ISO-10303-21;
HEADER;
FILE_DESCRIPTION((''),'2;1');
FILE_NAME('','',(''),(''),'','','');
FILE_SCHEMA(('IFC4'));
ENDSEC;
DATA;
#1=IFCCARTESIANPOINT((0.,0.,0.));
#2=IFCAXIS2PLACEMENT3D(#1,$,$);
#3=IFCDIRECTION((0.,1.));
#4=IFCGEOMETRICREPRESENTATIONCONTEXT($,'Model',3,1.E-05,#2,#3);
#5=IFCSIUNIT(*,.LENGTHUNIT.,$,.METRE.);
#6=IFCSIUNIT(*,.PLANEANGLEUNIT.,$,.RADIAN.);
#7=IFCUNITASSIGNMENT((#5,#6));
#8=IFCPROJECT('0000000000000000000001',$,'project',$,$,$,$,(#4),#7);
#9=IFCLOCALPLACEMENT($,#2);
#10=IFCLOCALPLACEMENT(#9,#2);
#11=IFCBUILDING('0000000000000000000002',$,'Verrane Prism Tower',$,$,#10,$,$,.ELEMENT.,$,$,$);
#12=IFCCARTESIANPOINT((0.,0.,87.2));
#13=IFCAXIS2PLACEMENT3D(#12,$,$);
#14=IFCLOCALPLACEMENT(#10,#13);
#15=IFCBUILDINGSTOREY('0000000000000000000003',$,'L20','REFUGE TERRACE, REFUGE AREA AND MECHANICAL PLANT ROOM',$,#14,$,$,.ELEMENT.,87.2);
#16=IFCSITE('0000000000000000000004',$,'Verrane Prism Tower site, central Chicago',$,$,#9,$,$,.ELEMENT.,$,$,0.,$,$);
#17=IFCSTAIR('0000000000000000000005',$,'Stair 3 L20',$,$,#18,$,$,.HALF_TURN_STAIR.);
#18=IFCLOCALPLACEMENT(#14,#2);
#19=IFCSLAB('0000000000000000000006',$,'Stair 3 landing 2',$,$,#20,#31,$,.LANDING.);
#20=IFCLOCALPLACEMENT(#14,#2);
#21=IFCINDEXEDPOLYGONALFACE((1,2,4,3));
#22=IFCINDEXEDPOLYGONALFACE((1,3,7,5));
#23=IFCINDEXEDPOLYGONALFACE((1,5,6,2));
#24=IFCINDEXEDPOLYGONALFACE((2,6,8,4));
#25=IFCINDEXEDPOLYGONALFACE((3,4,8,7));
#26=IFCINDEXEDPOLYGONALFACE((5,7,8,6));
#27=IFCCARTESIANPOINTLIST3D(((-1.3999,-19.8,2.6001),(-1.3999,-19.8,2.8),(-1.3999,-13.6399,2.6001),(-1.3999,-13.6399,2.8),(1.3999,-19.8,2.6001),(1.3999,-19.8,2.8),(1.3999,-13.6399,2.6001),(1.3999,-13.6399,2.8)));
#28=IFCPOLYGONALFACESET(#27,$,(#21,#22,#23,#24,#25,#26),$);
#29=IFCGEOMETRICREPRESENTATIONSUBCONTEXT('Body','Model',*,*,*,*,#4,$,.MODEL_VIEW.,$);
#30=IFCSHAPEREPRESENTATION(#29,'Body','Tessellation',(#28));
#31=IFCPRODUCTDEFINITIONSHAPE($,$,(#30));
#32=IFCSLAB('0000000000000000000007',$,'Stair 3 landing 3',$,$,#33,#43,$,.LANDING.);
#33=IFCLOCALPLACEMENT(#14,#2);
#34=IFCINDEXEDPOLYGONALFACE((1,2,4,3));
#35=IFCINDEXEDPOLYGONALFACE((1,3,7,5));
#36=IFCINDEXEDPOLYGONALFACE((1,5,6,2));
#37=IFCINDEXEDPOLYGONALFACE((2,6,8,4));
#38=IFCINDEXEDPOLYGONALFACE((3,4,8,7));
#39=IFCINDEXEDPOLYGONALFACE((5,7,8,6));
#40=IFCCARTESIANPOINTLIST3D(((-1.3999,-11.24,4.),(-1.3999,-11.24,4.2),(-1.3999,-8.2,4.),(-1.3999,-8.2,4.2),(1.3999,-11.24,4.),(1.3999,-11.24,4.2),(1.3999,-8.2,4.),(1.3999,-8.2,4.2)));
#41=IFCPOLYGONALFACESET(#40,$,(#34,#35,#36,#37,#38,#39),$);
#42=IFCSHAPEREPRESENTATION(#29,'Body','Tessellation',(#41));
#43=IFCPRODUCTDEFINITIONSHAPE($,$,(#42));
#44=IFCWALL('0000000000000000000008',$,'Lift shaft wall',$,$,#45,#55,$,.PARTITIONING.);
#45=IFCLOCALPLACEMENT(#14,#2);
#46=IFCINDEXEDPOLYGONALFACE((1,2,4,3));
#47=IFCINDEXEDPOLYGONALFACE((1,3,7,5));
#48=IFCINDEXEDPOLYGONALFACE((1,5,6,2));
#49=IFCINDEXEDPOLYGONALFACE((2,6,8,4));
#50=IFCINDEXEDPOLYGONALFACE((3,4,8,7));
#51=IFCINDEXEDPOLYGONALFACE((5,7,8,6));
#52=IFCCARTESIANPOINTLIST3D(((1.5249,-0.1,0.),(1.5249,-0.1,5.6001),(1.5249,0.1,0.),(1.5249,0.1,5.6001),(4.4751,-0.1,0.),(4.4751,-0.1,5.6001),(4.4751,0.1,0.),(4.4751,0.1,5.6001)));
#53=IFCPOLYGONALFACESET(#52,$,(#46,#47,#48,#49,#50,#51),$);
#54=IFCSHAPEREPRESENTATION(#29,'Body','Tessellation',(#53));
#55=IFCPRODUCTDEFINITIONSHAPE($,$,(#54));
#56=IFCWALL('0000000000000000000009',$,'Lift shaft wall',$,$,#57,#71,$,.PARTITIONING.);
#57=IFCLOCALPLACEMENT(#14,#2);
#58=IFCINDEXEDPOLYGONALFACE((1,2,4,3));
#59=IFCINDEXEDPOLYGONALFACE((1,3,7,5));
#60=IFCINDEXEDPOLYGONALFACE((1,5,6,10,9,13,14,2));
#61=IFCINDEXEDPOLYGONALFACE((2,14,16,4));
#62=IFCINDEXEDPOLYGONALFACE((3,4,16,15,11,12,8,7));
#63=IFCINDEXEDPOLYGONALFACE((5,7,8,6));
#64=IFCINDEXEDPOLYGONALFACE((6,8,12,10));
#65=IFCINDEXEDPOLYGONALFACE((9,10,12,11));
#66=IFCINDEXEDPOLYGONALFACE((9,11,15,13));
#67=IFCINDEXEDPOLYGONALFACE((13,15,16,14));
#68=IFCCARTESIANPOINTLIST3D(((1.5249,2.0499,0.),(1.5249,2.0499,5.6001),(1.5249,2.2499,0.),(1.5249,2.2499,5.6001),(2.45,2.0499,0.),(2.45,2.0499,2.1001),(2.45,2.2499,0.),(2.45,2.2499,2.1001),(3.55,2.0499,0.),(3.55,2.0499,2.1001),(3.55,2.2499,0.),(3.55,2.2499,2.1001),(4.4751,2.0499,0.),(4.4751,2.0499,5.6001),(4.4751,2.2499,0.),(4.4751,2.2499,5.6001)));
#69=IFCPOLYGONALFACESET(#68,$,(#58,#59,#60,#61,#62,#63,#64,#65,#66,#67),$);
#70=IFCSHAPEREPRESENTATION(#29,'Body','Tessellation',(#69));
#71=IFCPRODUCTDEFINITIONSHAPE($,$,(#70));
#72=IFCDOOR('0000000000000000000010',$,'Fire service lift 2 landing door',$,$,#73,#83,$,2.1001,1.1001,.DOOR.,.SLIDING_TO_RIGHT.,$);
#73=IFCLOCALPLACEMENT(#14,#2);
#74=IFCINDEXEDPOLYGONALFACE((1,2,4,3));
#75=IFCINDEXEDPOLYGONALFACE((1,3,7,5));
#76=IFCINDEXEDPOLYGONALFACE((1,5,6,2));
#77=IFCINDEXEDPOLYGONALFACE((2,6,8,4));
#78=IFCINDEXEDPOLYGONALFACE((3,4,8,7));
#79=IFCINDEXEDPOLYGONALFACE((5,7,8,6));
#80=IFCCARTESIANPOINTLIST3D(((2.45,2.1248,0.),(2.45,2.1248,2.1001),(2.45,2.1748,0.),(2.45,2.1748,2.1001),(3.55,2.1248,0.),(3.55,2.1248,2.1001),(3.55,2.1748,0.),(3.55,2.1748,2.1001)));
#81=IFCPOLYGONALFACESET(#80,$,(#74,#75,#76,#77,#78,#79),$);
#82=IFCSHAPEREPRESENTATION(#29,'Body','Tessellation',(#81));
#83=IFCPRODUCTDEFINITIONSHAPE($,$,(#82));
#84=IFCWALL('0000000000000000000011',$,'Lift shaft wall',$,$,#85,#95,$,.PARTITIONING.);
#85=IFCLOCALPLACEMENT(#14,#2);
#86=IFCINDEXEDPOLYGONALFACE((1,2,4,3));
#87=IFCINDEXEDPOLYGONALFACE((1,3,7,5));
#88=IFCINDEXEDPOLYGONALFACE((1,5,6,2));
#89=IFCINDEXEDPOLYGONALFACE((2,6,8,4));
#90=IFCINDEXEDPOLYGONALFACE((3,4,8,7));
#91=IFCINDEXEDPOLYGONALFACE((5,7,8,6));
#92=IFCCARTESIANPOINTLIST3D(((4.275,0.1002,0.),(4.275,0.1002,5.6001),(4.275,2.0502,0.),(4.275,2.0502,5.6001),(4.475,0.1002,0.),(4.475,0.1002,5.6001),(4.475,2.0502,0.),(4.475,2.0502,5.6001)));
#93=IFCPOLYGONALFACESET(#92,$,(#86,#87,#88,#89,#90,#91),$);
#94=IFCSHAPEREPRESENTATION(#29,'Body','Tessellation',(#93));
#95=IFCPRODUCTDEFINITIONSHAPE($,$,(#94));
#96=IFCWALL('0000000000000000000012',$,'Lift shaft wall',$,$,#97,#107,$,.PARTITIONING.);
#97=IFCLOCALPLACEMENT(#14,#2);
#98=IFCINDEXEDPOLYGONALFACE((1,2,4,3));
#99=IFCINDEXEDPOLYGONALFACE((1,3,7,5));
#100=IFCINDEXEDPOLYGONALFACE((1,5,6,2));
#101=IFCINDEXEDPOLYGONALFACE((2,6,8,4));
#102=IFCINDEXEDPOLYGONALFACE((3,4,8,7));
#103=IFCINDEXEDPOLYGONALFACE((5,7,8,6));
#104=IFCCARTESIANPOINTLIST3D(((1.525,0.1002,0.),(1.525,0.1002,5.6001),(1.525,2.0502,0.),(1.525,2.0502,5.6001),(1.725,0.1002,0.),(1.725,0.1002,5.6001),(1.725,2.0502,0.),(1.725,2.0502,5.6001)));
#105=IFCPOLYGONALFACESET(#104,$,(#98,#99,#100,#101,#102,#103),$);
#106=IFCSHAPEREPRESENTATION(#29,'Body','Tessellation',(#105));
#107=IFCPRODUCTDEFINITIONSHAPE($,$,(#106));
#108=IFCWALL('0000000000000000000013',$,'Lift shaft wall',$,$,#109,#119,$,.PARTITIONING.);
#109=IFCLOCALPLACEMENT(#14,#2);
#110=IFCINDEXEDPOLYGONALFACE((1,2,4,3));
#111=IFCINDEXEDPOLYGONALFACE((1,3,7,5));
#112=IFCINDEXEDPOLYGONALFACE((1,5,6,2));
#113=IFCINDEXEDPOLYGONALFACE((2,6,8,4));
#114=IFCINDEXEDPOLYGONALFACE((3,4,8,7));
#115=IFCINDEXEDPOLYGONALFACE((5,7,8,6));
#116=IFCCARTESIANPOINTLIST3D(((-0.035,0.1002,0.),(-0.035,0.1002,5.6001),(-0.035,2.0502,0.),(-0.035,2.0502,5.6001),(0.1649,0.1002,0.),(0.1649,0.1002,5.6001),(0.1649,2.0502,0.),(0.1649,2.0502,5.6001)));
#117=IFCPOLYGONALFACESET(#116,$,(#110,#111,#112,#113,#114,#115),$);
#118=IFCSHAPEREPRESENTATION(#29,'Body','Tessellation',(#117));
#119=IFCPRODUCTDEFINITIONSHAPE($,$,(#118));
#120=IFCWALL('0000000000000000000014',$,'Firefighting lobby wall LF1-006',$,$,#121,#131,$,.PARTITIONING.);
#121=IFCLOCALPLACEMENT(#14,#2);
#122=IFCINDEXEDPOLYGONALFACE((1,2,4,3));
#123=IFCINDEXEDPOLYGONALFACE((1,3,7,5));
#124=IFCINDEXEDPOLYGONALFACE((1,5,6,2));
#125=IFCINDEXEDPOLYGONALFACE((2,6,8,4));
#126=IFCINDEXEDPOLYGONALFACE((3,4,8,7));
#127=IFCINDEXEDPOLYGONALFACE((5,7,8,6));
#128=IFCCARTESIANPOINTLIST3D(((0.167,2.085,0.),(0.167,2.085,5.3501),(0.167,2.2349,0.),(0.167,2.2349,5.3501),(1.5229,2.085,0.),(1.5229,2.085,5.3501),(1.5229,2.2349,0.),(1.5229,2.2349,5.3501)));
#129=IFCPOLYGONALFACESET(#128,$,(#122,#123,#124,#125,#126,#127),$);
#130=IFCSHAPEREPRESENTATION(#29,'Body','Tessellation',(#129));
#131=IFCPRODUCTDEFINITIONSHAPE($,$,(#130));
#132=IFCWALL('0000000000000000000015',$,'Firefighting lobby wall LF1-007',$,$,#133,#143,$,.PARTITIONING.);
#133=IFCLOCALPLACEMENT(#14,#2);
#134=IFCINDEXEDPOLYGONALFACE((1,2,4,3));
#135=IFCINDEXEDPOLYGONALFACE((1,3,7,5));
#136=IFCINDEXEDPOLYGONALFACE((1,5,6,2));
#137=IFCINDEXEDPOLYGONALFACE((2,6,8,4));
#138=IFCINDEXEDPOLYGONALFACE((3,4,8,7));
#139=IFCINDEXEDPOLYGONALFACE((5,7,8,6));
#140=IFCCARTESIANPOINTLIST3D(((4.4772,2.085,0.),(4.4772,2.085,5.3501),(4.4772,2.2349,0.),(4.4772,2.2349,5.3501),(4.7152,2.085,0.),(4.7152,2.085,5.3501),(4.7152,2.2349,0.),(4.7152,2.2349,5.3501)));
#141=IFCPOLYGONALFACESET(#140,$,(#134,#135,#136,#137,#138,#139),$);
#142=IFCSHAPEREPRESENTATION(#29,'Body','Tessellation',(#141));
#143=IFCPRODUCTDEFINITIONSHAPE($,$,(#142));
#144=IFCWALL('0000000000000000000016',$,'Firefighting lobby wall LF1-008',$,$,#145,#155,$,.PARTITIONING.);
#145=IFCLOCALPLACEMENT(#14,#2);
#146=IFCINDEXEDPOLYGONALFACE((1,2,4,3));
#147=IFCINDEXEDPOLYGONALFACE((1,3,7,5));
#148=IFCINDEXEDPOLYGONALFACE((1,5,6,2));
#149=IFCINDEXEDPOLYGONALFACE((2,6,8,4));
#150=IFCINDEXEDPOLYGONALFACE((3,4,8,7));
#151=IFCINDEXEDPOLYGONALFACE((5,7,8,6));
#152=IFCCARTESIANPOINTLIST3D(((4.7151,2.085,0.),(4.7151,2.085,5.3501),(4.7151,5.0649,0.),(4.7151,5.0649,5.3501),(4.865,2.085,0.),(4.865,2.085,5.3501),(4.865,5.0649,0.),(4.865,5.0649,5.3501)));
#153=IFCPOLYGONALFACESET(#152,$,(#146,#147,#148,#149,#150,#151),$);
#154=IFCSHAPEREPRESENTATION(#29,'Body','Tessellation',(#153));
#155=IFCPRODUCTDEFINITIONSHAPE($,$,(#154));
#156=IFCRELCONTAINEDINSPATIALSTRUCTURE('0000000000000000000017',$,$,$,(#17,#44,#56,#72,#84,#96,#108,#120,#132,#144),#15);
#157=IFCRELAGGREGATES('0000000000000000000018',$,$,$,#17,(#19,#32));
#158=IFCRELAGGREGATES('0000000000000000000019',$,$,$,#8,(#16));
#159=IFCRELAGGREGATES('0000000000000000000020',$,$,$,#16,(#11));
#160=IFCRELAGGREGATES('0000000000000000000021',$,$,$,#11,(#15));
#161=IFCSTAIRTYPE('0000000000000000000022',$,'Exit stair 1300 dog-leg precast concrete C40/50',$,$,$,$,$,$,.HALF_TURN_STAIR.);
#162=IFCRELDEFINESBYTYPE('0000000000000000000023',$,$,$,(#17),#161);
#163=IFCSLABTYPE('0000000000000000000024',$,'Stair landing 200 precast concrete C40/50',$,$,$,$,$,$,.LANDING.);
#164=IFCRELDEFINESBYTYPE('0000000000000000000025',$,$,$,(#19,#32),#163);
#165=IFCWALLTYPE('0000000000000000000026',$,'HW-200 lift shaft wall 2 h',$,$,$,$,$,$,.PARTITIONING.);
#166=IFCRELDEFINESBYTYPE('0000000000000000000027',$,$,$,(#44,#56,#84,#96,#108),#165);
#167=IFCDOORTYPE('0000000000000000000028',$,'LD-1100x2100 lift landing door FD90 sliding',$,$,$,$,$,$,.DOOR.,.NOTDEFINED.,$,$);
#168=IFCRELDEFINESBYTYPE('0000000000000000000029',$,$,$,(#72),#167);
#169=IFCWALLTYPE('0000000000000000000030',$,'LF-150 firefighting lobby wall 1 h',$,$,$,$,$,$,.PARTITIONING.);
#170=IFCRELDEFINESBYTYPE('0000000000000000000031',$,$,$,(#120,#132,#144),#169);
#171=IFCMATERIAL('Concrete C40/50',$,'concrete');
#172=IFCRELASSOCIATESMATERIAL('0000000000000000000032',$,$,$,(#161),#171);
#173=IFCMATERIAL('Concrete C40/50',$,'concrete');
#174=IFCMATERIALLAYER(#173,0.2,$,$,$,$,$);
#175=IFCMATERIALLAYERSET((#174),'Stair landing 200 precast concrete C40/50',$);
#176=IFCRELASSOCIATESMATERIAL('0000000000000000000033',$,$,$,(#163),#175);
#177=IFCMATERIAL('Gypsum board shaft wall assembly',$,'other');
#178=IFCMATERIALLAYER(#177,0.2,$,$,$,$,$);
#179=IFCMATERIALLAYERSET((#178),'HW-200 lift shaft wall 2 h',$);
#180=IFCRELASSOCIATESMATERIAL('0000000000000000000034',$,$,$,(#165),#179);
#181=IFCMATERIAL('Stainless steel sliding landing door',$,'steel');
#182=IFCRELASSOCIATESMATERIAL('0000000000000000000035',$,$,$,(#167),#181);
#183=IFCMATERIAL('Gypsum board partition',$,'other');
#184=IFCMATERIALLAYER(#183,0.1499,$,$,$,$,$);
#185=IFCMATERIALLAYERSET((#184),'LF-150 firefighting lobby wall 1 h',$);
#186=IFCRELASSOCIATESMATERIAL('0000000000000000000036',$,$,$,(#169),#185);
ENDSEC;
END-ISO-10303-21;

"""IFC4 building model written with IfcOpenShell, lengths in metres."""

from ifc_helpers import new_model, si_unit, direction, frame, frame_2d, origin, place, context, subcontext, project, spatial, polyline, rectangle, outline, extrude, material, layer, layer_set, type_object, element, fill, aggregate, save


model = new_model("IFC4")

# Units and contexts
model_context = context("Model", 3, precision=1e-05, world=origin(), true_north=direction((0.0, 1.0)))
body_context = subcontext(model_context, "Body", "Model", "MODEL_VIEW")
ifc_project = project(units=[si_unit("LENGTHUNIT", "METRE"), si_unit("PLANEANGLEUNIT", "RADIAN")], contexts=[model_context])

# Site, building, storey
site_placement = place(None, origin())
site = spatial("IfcSite", under=ifc_project, at=site_placement, Name="Verrane Prism Tower site, central Chicago", CompositionType="ELEMENT", RefElevation=0.0)
building_placement = place(site_placement, origin())
building = spatial("IfcBuilding", under=site, at=building_placement, Name="Verrane Prism Tower", CompositionType="ELEMENT")
storey_placement = place(building_placement, frame((0.0, 0.0, 87.2)))
storey = spatial("IfcBuildingStorey", under=building, at=storey_placement, Name="L20", Description="REFUGE TERRACE, REFUGE AREA AND MECHANICAL PLANT ROOM", CompositionType="ELEMENT", Elevation=87.2)

# Stair, slabs
ifc_material_1 = material(Name="Concrete C40/50", Category="concrete")
stair_type = type_object("IfcStairType", Name="Exit stair 1300 dog-leg precast concrete C40/50", PredefinedType="HALF_TURN_STAIR", material=ifc_material_1)
ifc_material_2 = material(Name="Concrete C40/50", Category="concrete")
ifc_layer_1 = layer(ifc_material_2, 0.2)
ifc_layer_set_1 = layer_set([ifc_layer_1], Name="Stair landing 200 precast concrete C40/50")
slab_type_1 = type_object("IfcSlabType", Name="Stair landing 200 precast concrete C40/50", PredefinedType="LANDING", material=ifc_layer_set_1)
stair_1_placement = place(storey_placement, origin())
stair_1 = element("IfcStair", 1, at=stair_1_placement, inside=storey, type_object=stair_type, Name="Stair 3 L20", PredefinedType="HALF_TURN_STAIR")
slab_1_placement = place(storey_placement, frame((0.0, 0.0, 2.6001)))
slab_1 = element("IfcSlab", 2, at=slab_1_placement, type_object=slab_type_1, Name="Stair 3 landing 2", PredefinedType="LANDING", context=body_context, shape_type="SweptSolid", body=[
    extrude(outline(polyline([(1.3999, -19.8), (1.3999, -13.6399), (-1.3999, -13.6399), (-1.3999, -19.8), (1.3999, -19.8)])), origin(), (0.0, 0.0, 1.0), 0.2),
])
slab_2_placement = place(storey_placement, frame((0.0, 0.0, 4.0)))
slab_2 = element("IfcSlab", 3, at=slab_2_placement, type_object=slab_type_1, Name="Stair 3 landing 3", PredefinedType="LANDING", context=body_context, shape_type="SweptSolid", body=[
    extrude(outline(polyline([(1.3999, -11.24), (1.3999, -8.2), (-1.3999, -8.2), (-1.3999, -11.24), (1.3999, -11.24)])), origin(), (0.0, 0.0, 1.0), 0.2),
])
aggregate(stair_1, [slab_1, slab_2])

# Wall
ifc_material_3 = material(Name="Gypsum board shaft wall assembly", Category="other")
ifc_layer_2 = layer(ifc_material_3, 0.2)
ifc_layer_set_2 = layer_set([ifc_layer_2], Name="HW-200 lift shaft wall 2 h")
wall_type_1 = type_object("IfcWallType", Name="HW-200 lift shaft wall 2 h", PredefinedType="PARTITIONING", material=ifc_layer_set_2)
wall_1_placement = place(storey_placement, frame((1.5249, 0.0, 0.0), z_axis=(0.0, 0.0, 1.0), x_axis=(1.0, 0.0, 0.0)))
element("IfcWall", 4, at=wall_1_placement, inside=storey, type_object=wall_type_1, Name="Lift shaft wall", PredefinedType="PARTITIONING", context=body_context, shape_type="SweptSolid", body=[
    extrude(rectangle(XDim=2.9502, YDim=0.2, at=frame_2d((1.4751, 0.0))), origin(), (0.0, 0.0, 1.0), 5.6001),
])

# Wall, opening, door
wall_2_placement = place(storey_placement, frame((1.5249, 2.1499, 0.0), z_axis=(0.0, 0.0, 1.0), x_axis=(1.0, 0.0, 0.0)))
wall_2 = element("IfcWall", 5, at=wall_2_placement, inside=storey, type_object=wall_type_1, Name="Lift shaft wall", PredefinedType="PARTITIONING", context=body_context, shape_type="SweptSolid", body=[
    extrude(rectangle(XDim=2.9502, YDim=0.2, at=frame_2d((1.4751, 0.0))), origin(), (0.0, 0.0, 1.0), 5.6001),
])
opening_placement = place(wall_2_placement, frame((0.925, 0.0, 0.0)))
opening = element("IfcOpeningElement", 6, at=opening_placement, cuts=wall_2, PredefinedType="OPENING", context=body_context, shape_type="SweptSolid", body=[
    extrude(rectangle(XDim=1.1001, YDim=2.1001, at=frame_2d((0.55, 1.05))), frame((0.0, 0.1099, 0.0), z_axis=(0.0, -1.0, 0.0), x_axis=(1.0, 0.0, 0.0)), (0.0, 0.0, 1.0), 0.22),
])
ifc_material_4 = material(Name="Stainless steel sliding landing door", Category="steel")
door_type = type_object("IfcDoorType", Name="LD-1100x2100 lift landing door FD90 sliding", OperationType="NOTDEFINED", PredefinedType="DOOR", material=ifc_material_4)
door_placement = place(opening_placement, origin())
door = element("IfcDoor", 7, at=door_placement, inside=storey, type_object=door_type, Name="Fire service lift 2 landing door", OperationType="SLIDING_TO_RIGHT", OverallHeight=2.1001, OverallWidth=1.1001, PredefinedType="DOOR", context=body_context, shape_type="SweptSolid", body=[
    extrude(rectangle(XDim=1.1001, YDim=2.1001, at=frame_2d((0.55, 1.05))), frame((0.0, 0.0249, 0.0), z_axis=(0.0, -1.0, 0.0), x_axis=(1.0, 0.0, 0.0)), (0.0, 0.0, 1.0), 0.05),
])
fill(opening, door)

# Walls
for number, where, z_axis, x_axis, name in (
    (8, (4.375, 0.1001, 0.0), (0.0, 0.0, 1.0), (0.0, 1.0, 0.0), "Lift shaft wall"),
    (9, (1.625, 0.1001, 0.0), (0.0, 0.0, 1.0), (0.0, 1.0, 0.0), "Lift shaft wall"),
    (10, (0.0649, 0.1001, 0.0), (0.0, 0.0, 1.0), (0.0, 1.0, 0.0), "Lift shaft wall"),
):
    element("IfcWall", number, at=place(storey_placement, frame(where, z_axis=z_axis, x_axis=x_axis)), inside=storey, type_object=wall_type_1, Name=name, PredefinedType="PARTITIONING", context=body_context, shape_type="SweptSolid", body=[
        extrude(rectangle(XDim=1.95, YDim=0.2, at=frame_2d((0.9751, 0.0))), origin(), (0.0, 0.0, 1.0), 5.6001),
    ])
ifc_material_5 = material(Name="Gypsum board partition", Category="other")
ifc_layer_3 = layer(ifc_material_5, 0.1499)
ifc_layer_set_3 = layer_set([ifc_layer_3], Name="LF-150 firefighting lobby wall 1 h")
wall_type_2 = type_object("IfcWallType", Name="LF-150 firefighting lobby wall 1 h", PredefinedType="PARTITIONING", material=ifc_layer_set_3)
wall_3_placement = place(storey_placement, frame((0.167, 2.1599, 0.0), z_axis=(0.0, 0.0, 1.0), x_axis=(1.0, 0.0, 0.0)))
element("IfcWall", 11, at=wall_3_placement, inside=storey, type_object=wall_type_2, Name="Firefighting lobby wall LF1-006", PredefinedType="PARTITIONING", context=body_context, shape_type="SweptSolid", body=[
    extrude(rectangle(XDim=1.356, YDim=0.1499, at=frame_2d((0.678, 0.0))), origin(), (0.0, 0.0, 1.0), 5.3501),
])
wall_4_placement = place(storey_placement, frame((4.4771, 2.1599, 0.0), z_axis=(0.0, 0.0, 1.0), x_axis=(1.0, 0.0, 0.0)))
element("IfcWall", 12, at=wall_4_placement, inside=storey, type_object=wall_type_2, Name="Firefighting lobby wall LF1-007", PredefinedType="PARTITIONING", context=body_context, shape_type="SweptSolid", body=[
    extrude(rectangle(XDim=0.238, YDim=0.1499, at=frame_2d((0.1191, 0.0))), origin(), (0.0, 0.0, 1.0), 5.3501),
])
wall_5_placement = place(storey_placement, frame((4.79, 2.085, 0.0), z_axis=(0.0, 0.0, 1.0), x_axis=(0.0, 1.0, 0.0)))
element("IfcWall", 13, at=wall_5_placement, inside=storey, type_object=wall_type_2, Name="Firefighting lobby wall LF1-008", PredefinedType="PARTITIONING", context=body_context, shape_type="SweptSolid", body=[
    extrude(rectangle(XDim=2.98, YDim=0.1499, at=frame_2d((1.49, 0.0))), origin(), (0.0, 0.0, 1.0), 5.3501),
])

save(model, "model.ifc")
